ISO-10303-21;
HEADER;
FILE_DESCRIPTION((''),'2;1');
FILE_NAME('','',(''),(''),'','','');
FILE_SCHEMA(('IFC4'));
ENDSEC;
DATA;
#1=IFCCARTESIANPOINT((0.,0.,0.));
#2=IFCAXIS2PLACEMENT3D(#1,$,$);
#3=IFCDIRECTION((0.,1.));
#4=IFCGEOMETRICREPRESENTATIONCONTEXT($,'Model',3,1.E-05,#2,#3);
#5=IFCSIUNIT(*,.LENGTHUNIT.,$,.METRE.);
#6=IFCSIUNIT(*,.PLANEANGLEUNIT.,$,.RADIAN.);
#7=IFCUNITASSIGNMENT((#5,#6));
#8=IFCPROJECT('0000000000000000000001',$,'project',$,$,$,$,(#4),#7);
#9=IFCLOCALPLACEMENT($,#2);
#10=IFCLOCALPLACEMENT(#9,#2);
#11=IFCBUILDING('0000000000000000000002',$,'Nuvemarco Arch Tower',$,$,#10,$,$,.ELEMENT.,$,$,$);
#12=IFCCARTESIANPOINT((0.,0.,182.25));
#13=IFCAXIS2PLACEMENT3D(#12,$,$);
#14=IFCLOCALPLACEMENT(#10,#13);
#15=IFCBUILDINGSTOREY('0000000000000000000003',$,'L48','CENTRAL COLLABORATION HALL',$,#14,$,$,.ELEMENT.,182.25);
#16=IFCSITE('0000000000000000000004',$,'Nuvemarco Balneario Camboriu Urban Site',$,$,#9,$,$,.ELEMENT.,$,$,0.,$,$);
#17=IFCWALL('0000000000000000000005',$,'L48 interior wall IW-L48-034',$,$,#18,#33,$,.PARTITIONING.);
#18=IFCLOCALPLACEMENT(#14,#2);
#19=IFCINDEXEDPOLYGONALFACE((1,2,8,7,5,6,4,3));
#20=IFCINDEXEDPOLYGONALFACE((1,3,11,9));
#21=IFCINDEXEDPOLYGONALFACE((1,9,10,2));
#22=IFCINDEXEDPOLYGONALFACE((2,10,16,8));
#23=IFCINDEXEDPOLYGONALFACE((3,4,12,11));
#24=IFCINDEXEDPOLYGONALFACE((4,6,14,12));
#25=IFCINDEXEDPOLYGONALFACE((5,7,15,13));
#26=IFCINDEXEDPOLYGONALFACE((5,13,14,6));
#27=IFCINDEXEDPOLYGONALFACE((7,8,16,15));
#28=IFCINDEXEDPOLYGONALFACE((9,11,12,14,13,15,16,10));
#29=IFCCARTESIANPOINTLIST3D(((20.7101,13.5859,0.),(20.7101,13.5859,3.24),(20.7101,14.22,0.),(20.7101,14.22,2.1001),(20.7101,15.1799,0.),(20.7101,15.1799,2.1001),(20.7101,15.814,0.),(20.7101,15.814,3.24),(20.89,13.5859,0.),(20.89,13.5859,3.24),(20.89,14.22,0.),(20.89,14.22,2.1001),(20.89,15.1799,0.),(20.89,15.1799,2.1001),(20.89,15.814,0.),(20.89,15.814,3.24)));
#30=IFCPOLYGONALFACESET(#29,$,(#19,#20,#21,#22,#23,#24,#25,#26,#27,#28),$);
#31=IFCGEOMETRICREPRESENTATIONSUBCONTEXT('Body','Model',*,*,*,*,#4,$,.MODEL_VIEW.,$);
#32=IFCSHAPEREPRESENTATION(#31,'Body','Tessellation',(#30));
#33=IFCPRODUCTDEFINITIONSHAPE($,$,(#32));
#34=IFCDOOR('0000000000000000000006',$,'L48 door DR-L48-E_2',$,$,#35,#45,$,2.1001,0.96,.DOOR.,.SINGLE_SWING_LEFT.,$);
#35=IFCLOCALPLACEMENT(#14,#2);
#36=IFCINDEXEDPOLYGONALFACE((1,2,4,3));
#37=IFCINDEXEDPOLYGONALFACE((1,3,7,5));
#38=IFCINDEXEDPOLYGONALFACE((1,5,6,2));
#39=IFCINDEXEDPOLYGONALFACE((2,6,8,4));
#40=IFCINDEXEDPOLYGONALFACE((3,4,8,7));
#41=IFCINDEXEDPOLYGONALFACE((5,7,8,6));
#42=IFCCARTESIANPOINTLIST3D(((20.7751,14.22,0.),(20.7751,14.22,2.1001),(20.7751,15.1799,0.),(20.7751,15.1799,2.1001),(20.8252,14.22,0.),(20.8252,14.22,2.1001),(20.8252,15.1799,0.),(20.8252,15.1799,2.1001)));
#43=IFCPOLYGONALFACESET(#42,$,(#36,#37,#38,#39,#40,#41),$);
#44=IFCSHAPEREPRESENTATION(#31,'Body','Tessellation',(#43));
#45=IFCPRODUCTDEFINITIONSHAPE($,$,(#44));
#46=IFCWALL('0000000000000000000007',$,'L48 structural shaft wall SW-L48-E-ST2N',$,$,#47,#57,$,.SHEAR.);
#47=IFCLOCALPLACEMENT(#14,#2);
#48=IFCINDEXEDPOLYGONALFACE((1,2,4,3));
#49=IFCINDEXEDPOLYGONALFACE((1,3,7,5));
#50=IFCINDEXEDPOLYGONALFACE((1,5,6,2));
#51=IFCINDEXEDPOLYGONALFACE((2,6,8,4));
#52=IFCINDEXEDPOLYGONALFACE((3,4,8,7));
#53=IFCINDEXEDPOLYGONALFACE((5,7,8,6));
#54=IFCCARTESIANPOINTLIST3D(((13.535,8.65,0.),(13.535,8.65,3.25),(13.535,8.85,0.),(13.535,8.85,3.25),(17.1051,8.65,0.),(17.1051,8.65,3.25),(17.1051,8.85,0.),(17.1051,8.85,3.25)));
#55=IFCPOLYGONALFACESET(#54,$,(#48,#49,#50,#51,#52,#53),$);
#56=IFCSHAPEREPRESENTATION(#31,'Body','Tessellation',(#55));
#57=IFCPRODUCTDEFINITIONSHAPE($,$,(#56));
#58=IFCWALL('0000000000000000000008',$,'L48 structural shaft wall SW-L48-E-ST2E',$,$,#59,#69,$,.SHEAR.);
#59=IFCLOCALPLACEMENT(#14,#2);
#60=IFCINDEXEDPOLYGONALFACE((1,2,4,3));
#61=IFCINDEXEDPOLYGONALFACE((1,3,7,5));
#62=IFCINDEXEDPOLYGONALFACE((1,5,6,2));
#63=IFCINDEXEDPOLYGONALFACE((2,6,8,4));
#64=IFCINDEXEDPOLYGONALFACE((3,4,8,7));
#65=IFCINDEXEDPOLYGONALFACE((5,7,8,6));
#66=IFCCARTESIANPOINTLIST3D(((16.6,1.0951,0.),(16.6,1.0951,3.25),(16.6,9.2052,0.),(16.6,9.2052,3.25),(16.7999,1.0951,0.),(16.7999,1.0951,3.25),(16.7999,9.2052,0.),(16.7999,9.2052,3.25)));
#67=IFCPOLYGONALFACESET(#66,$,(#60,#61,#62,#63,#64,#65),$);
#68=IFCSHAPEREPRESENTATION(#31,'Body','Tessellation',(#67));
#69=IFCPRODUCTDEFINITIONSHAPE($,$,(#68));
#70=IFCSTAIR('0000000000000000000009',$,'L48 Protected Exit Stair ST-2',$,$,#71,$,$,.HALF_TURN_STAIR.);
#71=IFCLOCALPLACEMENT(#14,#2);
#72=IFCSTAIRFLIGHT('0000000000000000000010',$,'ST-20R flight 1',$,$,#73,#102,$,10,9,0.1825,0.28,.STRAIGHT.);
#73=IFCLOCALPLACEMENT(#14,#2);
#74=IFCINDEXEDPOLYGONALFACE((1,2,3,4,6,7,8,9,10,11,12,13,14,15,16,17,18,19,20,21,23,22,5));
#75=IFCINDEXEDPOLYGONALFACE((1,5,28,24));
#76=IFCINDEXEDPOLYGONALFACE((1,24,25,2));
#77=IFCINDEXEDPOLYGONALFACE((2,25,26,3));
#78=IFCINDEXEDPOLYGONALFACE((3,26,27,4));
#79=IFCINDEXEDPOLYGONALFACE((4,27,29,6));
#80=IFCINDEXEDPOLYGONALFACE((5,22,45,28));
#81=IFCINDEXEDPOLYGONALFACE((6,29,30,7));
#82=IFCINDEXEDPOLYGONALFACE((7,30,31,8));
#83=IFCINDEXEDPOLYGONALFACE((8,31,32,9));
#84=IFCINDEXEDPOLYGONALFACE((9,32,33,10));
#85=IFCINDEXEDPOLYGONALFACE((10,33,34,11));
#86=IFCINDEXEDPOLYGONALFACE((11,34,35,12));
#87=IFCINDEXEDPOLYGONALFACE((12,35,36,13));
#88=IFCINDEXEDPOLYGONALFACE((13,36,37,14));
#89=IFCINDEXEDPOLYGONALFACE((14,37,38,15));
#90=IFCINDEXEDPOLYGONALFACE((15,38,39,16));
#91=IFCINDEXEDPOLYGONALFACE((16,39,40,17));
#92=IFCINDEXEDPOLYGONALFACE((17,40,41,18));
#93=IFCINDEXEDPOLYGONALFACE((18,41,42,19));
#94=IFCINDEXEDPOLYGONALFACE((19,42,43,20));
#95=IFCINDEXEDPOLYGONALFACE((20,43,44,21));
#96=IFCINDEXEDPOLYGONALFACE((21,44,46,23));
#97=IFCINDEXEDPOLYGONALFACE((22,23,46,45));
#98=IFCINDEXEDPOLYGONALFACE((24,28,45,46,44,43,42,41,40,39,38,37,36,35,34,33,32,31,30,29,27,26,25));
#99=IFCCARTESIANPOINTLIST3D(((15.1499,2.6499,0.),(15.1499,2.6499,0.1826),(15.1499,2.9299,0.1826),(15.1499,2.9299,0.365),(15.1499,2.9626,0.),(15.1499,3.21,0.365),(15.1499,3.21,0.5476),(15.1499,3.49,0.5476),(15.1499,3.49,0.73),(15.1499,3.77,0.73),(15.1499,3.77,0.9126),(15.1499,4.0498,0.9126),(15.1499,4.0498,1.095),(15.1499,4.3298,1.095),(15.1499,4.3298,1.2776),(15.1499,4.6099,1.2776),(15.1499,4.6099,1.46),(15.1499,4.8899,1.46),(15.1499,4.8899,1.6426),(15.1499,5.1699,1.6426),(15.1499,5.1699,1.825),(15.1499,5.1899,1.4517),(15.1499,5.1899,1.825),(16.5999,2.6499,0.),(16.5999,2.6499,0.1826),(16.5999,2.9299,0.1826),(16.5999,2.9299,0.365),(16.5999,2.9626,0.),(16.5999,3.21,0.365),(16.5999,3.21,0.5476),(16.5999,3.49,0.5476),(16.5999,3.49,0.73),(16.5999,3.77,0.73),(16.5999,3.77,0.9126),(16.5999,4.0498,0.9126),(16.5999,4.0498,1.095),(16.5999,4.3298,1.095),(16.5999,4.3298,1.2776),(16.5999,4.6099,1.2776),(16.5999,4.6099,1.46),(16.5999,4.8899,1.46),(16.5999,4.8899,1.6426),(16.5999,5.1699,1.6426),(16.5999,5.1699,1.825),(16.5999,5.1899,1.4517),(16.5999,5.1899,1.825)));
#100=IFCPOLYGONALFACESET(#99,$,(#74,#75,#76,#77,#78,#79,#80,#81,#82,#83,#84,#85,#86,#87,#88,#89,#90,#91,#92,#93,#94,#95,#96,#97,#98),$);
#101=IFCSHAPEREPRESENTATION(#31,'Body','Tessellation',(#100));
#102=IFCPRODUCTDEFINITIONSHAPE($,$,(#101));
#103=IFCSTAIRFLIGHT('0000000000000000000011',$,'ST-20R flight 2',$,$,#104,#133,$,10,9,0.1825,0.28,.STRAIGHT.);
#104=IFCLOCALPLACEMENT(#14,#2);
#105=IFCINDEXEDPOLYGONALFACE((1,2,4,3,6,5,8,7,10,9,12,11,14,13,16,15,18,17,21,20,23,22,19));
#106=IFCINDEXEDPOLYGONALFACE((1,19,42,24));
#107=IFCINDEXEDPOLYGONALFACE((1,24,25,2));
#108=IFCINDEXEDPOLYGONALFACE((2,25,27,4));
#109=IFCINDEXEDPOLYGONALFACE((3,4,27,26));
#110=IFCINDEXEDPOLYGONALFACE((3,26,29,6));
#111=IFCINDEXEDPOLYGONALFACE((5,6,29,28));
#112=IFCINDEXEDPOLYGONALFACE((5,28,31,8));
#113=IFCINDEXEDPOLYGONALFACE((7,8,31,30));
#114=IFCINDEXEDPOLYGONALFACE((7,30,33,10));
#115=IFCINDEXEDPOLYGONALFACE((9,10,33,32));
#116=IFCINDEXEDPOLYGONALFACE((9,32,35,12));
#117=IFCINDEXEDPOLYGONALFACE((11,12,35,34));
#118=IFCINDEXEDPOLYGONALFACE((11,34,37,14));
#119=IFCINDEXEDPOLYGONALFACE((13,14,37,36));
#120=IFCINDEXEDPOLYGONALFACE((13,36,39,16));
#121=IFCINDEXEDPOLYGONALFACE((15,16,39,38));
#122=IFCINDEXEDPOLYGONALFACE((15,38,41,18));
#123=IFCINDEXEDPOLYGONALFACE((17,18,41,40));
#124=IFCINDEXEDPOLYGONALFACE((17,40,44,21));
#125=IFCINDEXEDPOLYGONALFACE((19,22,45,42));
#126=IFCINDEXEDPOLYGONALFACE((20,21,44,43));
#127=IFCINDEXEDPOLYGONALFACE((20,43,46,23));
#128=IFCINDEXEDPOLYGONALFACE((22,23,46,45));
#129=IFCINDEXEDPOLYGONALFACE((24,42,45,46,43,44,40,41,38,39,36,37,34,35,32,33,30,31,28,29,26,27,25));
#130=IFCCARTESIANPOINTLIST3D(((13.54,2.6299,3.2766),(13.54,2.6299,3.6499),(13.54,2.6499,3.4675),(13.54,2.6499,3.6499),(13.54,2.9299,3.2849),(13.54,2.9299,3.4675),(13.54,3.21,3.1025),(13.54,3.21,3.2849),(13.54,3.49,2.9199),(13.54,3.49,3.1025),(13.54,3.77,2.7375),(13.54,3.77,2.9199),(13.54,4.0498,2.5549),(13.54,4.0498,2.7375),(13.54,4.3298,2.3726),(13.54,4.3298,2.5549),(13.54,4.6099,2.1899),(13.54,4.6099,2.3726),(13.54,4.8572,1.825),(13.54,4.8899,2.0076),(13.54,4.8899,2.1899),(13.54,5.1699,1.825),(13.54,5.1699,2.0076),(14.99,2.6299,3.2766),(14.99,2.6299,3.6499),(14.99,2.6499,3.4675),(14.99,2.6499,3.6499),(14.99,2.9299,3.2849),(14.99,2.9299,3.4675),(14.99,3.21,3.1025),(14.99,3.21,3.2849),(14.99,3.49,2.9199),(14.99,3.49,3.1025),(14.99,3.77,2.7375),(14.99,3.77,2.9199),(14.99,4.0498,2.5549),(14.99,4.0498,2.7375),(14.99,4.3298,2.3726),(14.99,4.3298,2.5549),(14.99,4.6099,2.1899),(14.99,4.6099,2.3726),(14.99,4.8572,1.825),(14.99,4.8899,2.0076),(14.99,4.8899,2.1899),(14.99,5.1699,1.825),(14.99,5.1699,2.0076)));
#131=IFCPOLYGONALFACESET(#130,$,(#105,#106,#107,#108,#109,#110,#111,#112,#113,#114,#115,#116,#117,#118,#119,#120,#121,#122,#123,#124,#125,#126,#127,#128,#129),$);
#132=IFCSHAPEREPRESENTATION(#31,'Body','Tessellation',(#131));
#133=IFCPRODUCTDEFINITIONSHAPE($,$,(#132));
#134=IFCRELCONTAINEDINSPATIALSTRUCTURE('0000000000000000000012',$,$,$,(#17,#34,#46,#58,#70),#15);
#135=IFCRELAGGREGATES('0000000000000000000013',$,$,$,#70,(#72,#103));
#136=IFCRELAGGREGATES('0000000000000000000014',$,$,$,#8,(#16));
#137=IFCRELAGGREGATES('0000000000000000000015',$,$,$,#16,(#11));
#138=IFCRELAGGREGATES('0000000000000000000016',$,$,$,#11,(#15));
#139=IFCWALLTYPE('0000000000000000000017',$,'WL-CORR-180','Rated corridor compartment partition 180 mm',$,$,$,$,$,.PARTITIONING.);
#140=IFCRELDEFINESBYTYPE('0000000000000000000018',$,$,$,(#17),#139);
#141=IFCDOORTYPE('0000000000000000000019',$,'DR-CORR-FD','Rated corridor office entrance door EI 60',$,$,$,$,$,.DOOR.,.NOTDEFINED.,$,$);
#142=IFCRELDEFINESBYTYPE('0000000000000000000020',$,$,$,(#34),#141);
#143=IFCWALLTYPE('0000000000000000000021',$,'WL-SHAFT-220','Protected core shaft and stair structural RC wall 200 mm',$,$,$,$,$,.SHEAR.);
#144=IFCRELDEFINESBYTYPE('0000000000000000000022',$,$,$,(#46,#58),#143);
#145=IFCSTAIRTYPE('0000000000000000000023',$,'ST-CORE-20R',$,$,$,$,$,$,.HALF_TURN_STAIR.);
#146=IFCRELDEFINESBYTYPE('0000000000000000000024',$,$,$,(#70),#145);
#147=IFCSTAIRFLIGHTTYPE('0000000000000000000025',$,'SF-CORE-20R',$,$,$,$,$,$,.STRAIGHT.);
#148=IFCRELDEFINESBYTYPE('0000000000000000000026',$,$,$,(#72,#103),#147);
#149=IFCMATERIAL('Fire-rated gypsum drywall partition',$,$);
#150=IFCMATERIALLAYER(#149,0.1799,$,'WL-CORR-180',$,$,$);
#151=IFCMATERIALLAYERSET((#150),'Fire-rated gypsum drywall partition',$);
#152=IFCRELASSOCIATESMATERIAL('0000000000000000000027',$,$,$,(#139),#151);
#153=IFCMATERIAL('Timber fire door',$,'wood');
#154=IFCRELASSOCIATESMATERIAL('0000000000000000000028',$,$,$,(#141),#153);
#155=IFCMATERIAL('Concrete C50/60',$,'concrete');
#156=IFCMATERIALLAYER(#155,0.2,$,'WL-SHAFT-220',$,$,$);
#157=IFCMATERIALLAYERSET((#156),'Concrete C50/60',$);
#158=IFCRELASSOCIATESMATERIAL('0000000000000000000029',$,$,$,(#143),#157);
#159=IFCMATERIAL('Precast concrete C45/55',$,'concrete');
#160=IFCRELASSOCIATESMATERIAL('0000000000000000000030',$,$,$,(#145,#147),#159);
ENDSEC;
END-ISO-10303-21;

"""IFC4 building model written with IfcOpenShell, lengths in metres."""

from ifc_helpers import new_model, si_unit, direction, frame, frame_2d, origin, place, context, subcontext, project, spatial, polyline, rectangle, outline, extrude, source, transform, mapped, material, layer, layer_set, type_object, type_shapes, element, fill, aggregate, save


model = new_model("IFC4")

# Units and contexts
model_context = context("Model", 3, precision=1e-05, world=origin(), true_north=direction((0.0, 1.0)))
body_context = subcontext(model_context, "Body", "Model", "MODEL_VIEW")
ifc_project = project(units=[si_unit("LENGTHUNIT", "METRE"), si_unit("PLANEANGLEUNIT", "RADIAN")], contexts=[model_context])

# Site, building, storey
site_placement = place(None, origin())
site = spatial("IfcSite", under=ifc_project, at=site_placement, Name="Nuvemarco Balneario Camboriu Urban Site", CompositionType="ELEMENT", RefElevation=0.0)
building_placement = place(site_placement, origin())
building = spatial("IfcBuilding", under=site, at=building_placement, Name="Nuvemarco Arch Tower", CompositionType="ELEMENT")
storey_placement = place(building_placement, frame((0.0, 0.0, 182.25)))
storey = spatial("IfcBuildingStorey", under=building, at=storey_placement, Name="L48", Description="CENTRAL COLLABORATION HALL", CompositionType="ELEMENT", Elevation=182.25)

# Shared definitions
ifc_material_1 = material(Name="Concrete C50/60", Category="concrete")

# Shared definitions
ifc_material_2 = material(Name="Precast concrete C45/55", Category="concrete")

# Shared definitions
ifc_material_3 = material(Name="Fire-rated gypsum drywall partition")
ifc_layer_1 = layer(ifc_material_3, 0.1799, Name="WL-CORR-180")
ifc_layer_set_1 = layer_set([ifc_layer_1], Name="Fire-rated gypsum drywall partition")
wall_type_1 = type_object("IfcWallType", Name="WL-CORR-180", Description="Rated corridor compartment partition 180 mm", PredefinedType="PARTITIONING", material=ifc_layer_set_1)

# Wall, opening, door
wall_1_placement = place(storey_placement, frame((20.8, 13.5859, 0.0), z_axis=(0.0, 0.0, 1.0), x_axis=(0.0, 1.0, 0.0)))
wall_1 = element("IfcWall", 1, at=wall_1_placement, inside=storey, type_object=wall_type_1, Name="L48 interior wall IW-L48-034", PredefinedType="PARTITIONING", context=body_context, shape_type="SweptSolid", body=[
    extrude(rectangle(XDim=2.228, YDim=0.1799, at=frame_2d((1.114, 0.0))), origin(), (0.0, 0.0, 1.0), 3.24),
])
opening_placement = place(wall_1_placement, frame((0.634, 0.0, 0.0)))
opening = element("IfcOpeningElement", 2, at=opening_placement, cuts=wall_1, PredefinedType="OPENING", context=body_context, shape_type="SweptSolid", body=[
    extrude(rectangle(XDim=0.96, YDim=2.1001, at=frame_2d((0.48, 1.05))), frame((0.0, 0.0999, 0.0), z_axis=(0.0, -1.0, 0.0), x_axis=(1.0, 0.0, 0.0)), (0.0, 0.0, 1.0), 0.2),
])
ifc_material_4 = material(Name="Timber fire door", Category="wood")
door_type = type_object("IfcDoorType", Name="DR-CORR-FD", Description="Rated corridor office entrance door EI 60", OperationType="NOTDEFINED", PredefinedType="DOOR", material=ifc_material_4)
shared_shape_1 = source(origin(), body_context, "Body", "SweptSolid", [
    extrude(rectangle(XDim=0.96, YDim=2.1001, at=frame_2d((0.48, 1.05))), frame((0.0, 0.0249, 0.0), z_axis=(0.0, -1.0, 0.0), x_axis=(1.0, 0.0, 0.0)), (0.0, 0.0, 1.0), 0.05),
])
type_shapes(door_type, [shared_shape_1])
door_placement = place(opening_placement, origin())
door = element("IfcDoor", 3, at=door_placement, inside=storey, type_object=door_type, Name="L48 door DR-L48-E_2", OperationType="SINGLE_SWING_LEFT", OverallHeight=2.1001, OverallWidth=0.96, PredefinedType="DOOR", context=body_context, shape_type="MappedRepresentation", body=[
    mapped(shared_shape_1, transform((0.0, 0.0, 0.0), scale=1.0)),
])
fill(opening, door)

# Walls
ifc_layer_2 = layer(ifc_material_1, 0.2, Name="WL-SHAFT-220")
ifc_layer_set_2 = layer_set([ifc_layer_2], Name="Concrete C50/60")
wall_type_2 = type_object("IfcWallType", Name="WL-SHAFT-220", Description="Protected core shaft and stair structural RC wall 200 mm", PredefinedType="SHEAR", material=ifc_layer_set_2)
wall_2_placement = place(storey_placement, frame((13.5349, 8.75, 0.0), z_axis=(0.0, 0.0, 1.0), x_axis=(1.0, 0.0, 0.0)))
element("IfcWall", 4, at=wall_2_placement, inside=storey, type_object=wall_type_2, Name="L48 structural shaft wall SW-L48-E-ST2N", PredefinedType="SHEAR", context=body_context, shape_type="SweptSolid", body=[
    extrude(rectangle(XDim=3.5701, YDim=0.2, at=frame_2d((1.7852, 0.0))), origin(), (0.0, 0.0, 1.0), 3.25),
])
wall_3_placement = place(storey_placement, frame((16.7, 1.095, 0.0), z_axis=(0.0, 0.0, 1.0), x_axis=(0.0, 1.0, 0.0)))
element("IfcWall", 5, at=wall_3_placement, inside=storey, type_object=wall_type_2, Name="L48 structural shaft wall SW-L48-E-ST2E", PredefinedType="SHEAR", context=body_context, shape_type="SweptSolid", body=[
    extrude(rectangle(XDim=8.1101, YDim=0.2, at=frame_2d((4.0552, 0.0))), origin(), (0.0, 0.0, 1.0), 3.25),
])

# Stair, stair flights
stair_type = type_object("IfcStairType", Name="ST-CORE-20R", PredefinedType="HALF_TURN_STAIR", material=ifc_material_2)
stair_placement = place(storey_placement, origin())
stair = element("IfcStair", 6, at=stair_placement, inside=storey, type_object=stair_type, Name="L48 Protected Exit Stair ST-2", PredefinedType="HALF_TURN_STAIR")
stair_flight_type = type_object("IfcStairFlightType", Name="SF-CORE-20R", PredefinedType="STRAIGHT", material=ifc_material_2)
stair_flight_1_placement = place(storey_placement, frame((15.875, 2.6499, 0.0), z_axis=(0.0, 0.0, 1.0), x_axis=(0.0, 1.0, 0.0)))
stair_flight_1 = element("IfcStairFlight", 7, at=stair_flight_1_placement, type_object=stair_flight_type, Name="ST-20R flight 1", NumberOfRisers=10, NumberOfTreads=9, PredefinedType="STRAIGHT", RiserHeight=0.1825, TreadLength=0.28, context=body_context, shape_type="SweptSolid", body=[
    extrude(outline(polyline([(0.0, 0.0), (0.0, 0.1826), (0.28, 0.1826), (0.28, 0.365), (0.5601, 0.365), (0.5601, 0.5476), (0.8401, 0.5476), (0.8401, 0.73), (1.1201, 0.73), (1.1201, 0.9126), (1.3999, 0.9126), (1.3999, 1.095), (1.6799, 1.095), (1.6799, 1.2776), (1.96, 1.2776), (1.96, 1.46), (2.24, 1.46), (2.24, 1.6426), (2.52, 1.6426), (2.52, 1.825), (2.54, 1.825), (2.54, 1.4517), (0.3127, 0.0), (0.0, 0.0)])), frame((0.0, 0.7251, 0.0), z_axis=(0.0, -1.0, 0.0), x_axis=(1.0, 0.0, 0.0)), (0.0, 0.0, 1.0), 1.45),
])
stair_flight_2_placement = place(storey_placement, frame((14.2649, 5.1699, 1.825), z_axis=(0.0, 0.0, 1.0), x_axis=(0.0, -1.0, 0.0)))
stair_flight_2 = element("IfcStairFlight", 8, at=stair_flight_2_placement, type_object=stair_flight_type, Name="ST-20R flight 2", NumberOfRisers=10, NumberOfTreads=9, PredefinedType="STRAIGHT", RiserHeight=0.1825, TreadLength=0.28, context=body_context, shape_type="SweptSolid", body=[
    extrude(outline(polyline([(0.0, 0.0), (0.0, 0.1826), (0.28, 0.1826), (0.28, 0.365), (0.5601, 0.365), (0.5601, 0.5476), (0.8401, 0.5476), (0.8401, 0.73), (1.1201, 0.73), (1.1201, 0.9126), (1.3999, 0.9126), (1.3999, 1.095), (1.6799, 1.095), (1.6799, 1.2776), (1.96, 1.2776), (1.96, 1.46), (2.24, 1.46), (2.24, 1.6426), (2.52, 1.6426), (2.52, 1.825), (2.54, 1.825), (2.54, 1.4517), (0.3127, 0.0), (0.0, 0.0)])), frame((0.0, 0.7251, 0.0), z_axis=(0.0, -1.0, 0.0), x_axis=(1.0, 0.0, 0.0)), (0.0, 0.0, 1.0), 1.45),
])
aggregate(stair, [stair_flight_1, stair_flight_2])

save(model, "model.ifc")
